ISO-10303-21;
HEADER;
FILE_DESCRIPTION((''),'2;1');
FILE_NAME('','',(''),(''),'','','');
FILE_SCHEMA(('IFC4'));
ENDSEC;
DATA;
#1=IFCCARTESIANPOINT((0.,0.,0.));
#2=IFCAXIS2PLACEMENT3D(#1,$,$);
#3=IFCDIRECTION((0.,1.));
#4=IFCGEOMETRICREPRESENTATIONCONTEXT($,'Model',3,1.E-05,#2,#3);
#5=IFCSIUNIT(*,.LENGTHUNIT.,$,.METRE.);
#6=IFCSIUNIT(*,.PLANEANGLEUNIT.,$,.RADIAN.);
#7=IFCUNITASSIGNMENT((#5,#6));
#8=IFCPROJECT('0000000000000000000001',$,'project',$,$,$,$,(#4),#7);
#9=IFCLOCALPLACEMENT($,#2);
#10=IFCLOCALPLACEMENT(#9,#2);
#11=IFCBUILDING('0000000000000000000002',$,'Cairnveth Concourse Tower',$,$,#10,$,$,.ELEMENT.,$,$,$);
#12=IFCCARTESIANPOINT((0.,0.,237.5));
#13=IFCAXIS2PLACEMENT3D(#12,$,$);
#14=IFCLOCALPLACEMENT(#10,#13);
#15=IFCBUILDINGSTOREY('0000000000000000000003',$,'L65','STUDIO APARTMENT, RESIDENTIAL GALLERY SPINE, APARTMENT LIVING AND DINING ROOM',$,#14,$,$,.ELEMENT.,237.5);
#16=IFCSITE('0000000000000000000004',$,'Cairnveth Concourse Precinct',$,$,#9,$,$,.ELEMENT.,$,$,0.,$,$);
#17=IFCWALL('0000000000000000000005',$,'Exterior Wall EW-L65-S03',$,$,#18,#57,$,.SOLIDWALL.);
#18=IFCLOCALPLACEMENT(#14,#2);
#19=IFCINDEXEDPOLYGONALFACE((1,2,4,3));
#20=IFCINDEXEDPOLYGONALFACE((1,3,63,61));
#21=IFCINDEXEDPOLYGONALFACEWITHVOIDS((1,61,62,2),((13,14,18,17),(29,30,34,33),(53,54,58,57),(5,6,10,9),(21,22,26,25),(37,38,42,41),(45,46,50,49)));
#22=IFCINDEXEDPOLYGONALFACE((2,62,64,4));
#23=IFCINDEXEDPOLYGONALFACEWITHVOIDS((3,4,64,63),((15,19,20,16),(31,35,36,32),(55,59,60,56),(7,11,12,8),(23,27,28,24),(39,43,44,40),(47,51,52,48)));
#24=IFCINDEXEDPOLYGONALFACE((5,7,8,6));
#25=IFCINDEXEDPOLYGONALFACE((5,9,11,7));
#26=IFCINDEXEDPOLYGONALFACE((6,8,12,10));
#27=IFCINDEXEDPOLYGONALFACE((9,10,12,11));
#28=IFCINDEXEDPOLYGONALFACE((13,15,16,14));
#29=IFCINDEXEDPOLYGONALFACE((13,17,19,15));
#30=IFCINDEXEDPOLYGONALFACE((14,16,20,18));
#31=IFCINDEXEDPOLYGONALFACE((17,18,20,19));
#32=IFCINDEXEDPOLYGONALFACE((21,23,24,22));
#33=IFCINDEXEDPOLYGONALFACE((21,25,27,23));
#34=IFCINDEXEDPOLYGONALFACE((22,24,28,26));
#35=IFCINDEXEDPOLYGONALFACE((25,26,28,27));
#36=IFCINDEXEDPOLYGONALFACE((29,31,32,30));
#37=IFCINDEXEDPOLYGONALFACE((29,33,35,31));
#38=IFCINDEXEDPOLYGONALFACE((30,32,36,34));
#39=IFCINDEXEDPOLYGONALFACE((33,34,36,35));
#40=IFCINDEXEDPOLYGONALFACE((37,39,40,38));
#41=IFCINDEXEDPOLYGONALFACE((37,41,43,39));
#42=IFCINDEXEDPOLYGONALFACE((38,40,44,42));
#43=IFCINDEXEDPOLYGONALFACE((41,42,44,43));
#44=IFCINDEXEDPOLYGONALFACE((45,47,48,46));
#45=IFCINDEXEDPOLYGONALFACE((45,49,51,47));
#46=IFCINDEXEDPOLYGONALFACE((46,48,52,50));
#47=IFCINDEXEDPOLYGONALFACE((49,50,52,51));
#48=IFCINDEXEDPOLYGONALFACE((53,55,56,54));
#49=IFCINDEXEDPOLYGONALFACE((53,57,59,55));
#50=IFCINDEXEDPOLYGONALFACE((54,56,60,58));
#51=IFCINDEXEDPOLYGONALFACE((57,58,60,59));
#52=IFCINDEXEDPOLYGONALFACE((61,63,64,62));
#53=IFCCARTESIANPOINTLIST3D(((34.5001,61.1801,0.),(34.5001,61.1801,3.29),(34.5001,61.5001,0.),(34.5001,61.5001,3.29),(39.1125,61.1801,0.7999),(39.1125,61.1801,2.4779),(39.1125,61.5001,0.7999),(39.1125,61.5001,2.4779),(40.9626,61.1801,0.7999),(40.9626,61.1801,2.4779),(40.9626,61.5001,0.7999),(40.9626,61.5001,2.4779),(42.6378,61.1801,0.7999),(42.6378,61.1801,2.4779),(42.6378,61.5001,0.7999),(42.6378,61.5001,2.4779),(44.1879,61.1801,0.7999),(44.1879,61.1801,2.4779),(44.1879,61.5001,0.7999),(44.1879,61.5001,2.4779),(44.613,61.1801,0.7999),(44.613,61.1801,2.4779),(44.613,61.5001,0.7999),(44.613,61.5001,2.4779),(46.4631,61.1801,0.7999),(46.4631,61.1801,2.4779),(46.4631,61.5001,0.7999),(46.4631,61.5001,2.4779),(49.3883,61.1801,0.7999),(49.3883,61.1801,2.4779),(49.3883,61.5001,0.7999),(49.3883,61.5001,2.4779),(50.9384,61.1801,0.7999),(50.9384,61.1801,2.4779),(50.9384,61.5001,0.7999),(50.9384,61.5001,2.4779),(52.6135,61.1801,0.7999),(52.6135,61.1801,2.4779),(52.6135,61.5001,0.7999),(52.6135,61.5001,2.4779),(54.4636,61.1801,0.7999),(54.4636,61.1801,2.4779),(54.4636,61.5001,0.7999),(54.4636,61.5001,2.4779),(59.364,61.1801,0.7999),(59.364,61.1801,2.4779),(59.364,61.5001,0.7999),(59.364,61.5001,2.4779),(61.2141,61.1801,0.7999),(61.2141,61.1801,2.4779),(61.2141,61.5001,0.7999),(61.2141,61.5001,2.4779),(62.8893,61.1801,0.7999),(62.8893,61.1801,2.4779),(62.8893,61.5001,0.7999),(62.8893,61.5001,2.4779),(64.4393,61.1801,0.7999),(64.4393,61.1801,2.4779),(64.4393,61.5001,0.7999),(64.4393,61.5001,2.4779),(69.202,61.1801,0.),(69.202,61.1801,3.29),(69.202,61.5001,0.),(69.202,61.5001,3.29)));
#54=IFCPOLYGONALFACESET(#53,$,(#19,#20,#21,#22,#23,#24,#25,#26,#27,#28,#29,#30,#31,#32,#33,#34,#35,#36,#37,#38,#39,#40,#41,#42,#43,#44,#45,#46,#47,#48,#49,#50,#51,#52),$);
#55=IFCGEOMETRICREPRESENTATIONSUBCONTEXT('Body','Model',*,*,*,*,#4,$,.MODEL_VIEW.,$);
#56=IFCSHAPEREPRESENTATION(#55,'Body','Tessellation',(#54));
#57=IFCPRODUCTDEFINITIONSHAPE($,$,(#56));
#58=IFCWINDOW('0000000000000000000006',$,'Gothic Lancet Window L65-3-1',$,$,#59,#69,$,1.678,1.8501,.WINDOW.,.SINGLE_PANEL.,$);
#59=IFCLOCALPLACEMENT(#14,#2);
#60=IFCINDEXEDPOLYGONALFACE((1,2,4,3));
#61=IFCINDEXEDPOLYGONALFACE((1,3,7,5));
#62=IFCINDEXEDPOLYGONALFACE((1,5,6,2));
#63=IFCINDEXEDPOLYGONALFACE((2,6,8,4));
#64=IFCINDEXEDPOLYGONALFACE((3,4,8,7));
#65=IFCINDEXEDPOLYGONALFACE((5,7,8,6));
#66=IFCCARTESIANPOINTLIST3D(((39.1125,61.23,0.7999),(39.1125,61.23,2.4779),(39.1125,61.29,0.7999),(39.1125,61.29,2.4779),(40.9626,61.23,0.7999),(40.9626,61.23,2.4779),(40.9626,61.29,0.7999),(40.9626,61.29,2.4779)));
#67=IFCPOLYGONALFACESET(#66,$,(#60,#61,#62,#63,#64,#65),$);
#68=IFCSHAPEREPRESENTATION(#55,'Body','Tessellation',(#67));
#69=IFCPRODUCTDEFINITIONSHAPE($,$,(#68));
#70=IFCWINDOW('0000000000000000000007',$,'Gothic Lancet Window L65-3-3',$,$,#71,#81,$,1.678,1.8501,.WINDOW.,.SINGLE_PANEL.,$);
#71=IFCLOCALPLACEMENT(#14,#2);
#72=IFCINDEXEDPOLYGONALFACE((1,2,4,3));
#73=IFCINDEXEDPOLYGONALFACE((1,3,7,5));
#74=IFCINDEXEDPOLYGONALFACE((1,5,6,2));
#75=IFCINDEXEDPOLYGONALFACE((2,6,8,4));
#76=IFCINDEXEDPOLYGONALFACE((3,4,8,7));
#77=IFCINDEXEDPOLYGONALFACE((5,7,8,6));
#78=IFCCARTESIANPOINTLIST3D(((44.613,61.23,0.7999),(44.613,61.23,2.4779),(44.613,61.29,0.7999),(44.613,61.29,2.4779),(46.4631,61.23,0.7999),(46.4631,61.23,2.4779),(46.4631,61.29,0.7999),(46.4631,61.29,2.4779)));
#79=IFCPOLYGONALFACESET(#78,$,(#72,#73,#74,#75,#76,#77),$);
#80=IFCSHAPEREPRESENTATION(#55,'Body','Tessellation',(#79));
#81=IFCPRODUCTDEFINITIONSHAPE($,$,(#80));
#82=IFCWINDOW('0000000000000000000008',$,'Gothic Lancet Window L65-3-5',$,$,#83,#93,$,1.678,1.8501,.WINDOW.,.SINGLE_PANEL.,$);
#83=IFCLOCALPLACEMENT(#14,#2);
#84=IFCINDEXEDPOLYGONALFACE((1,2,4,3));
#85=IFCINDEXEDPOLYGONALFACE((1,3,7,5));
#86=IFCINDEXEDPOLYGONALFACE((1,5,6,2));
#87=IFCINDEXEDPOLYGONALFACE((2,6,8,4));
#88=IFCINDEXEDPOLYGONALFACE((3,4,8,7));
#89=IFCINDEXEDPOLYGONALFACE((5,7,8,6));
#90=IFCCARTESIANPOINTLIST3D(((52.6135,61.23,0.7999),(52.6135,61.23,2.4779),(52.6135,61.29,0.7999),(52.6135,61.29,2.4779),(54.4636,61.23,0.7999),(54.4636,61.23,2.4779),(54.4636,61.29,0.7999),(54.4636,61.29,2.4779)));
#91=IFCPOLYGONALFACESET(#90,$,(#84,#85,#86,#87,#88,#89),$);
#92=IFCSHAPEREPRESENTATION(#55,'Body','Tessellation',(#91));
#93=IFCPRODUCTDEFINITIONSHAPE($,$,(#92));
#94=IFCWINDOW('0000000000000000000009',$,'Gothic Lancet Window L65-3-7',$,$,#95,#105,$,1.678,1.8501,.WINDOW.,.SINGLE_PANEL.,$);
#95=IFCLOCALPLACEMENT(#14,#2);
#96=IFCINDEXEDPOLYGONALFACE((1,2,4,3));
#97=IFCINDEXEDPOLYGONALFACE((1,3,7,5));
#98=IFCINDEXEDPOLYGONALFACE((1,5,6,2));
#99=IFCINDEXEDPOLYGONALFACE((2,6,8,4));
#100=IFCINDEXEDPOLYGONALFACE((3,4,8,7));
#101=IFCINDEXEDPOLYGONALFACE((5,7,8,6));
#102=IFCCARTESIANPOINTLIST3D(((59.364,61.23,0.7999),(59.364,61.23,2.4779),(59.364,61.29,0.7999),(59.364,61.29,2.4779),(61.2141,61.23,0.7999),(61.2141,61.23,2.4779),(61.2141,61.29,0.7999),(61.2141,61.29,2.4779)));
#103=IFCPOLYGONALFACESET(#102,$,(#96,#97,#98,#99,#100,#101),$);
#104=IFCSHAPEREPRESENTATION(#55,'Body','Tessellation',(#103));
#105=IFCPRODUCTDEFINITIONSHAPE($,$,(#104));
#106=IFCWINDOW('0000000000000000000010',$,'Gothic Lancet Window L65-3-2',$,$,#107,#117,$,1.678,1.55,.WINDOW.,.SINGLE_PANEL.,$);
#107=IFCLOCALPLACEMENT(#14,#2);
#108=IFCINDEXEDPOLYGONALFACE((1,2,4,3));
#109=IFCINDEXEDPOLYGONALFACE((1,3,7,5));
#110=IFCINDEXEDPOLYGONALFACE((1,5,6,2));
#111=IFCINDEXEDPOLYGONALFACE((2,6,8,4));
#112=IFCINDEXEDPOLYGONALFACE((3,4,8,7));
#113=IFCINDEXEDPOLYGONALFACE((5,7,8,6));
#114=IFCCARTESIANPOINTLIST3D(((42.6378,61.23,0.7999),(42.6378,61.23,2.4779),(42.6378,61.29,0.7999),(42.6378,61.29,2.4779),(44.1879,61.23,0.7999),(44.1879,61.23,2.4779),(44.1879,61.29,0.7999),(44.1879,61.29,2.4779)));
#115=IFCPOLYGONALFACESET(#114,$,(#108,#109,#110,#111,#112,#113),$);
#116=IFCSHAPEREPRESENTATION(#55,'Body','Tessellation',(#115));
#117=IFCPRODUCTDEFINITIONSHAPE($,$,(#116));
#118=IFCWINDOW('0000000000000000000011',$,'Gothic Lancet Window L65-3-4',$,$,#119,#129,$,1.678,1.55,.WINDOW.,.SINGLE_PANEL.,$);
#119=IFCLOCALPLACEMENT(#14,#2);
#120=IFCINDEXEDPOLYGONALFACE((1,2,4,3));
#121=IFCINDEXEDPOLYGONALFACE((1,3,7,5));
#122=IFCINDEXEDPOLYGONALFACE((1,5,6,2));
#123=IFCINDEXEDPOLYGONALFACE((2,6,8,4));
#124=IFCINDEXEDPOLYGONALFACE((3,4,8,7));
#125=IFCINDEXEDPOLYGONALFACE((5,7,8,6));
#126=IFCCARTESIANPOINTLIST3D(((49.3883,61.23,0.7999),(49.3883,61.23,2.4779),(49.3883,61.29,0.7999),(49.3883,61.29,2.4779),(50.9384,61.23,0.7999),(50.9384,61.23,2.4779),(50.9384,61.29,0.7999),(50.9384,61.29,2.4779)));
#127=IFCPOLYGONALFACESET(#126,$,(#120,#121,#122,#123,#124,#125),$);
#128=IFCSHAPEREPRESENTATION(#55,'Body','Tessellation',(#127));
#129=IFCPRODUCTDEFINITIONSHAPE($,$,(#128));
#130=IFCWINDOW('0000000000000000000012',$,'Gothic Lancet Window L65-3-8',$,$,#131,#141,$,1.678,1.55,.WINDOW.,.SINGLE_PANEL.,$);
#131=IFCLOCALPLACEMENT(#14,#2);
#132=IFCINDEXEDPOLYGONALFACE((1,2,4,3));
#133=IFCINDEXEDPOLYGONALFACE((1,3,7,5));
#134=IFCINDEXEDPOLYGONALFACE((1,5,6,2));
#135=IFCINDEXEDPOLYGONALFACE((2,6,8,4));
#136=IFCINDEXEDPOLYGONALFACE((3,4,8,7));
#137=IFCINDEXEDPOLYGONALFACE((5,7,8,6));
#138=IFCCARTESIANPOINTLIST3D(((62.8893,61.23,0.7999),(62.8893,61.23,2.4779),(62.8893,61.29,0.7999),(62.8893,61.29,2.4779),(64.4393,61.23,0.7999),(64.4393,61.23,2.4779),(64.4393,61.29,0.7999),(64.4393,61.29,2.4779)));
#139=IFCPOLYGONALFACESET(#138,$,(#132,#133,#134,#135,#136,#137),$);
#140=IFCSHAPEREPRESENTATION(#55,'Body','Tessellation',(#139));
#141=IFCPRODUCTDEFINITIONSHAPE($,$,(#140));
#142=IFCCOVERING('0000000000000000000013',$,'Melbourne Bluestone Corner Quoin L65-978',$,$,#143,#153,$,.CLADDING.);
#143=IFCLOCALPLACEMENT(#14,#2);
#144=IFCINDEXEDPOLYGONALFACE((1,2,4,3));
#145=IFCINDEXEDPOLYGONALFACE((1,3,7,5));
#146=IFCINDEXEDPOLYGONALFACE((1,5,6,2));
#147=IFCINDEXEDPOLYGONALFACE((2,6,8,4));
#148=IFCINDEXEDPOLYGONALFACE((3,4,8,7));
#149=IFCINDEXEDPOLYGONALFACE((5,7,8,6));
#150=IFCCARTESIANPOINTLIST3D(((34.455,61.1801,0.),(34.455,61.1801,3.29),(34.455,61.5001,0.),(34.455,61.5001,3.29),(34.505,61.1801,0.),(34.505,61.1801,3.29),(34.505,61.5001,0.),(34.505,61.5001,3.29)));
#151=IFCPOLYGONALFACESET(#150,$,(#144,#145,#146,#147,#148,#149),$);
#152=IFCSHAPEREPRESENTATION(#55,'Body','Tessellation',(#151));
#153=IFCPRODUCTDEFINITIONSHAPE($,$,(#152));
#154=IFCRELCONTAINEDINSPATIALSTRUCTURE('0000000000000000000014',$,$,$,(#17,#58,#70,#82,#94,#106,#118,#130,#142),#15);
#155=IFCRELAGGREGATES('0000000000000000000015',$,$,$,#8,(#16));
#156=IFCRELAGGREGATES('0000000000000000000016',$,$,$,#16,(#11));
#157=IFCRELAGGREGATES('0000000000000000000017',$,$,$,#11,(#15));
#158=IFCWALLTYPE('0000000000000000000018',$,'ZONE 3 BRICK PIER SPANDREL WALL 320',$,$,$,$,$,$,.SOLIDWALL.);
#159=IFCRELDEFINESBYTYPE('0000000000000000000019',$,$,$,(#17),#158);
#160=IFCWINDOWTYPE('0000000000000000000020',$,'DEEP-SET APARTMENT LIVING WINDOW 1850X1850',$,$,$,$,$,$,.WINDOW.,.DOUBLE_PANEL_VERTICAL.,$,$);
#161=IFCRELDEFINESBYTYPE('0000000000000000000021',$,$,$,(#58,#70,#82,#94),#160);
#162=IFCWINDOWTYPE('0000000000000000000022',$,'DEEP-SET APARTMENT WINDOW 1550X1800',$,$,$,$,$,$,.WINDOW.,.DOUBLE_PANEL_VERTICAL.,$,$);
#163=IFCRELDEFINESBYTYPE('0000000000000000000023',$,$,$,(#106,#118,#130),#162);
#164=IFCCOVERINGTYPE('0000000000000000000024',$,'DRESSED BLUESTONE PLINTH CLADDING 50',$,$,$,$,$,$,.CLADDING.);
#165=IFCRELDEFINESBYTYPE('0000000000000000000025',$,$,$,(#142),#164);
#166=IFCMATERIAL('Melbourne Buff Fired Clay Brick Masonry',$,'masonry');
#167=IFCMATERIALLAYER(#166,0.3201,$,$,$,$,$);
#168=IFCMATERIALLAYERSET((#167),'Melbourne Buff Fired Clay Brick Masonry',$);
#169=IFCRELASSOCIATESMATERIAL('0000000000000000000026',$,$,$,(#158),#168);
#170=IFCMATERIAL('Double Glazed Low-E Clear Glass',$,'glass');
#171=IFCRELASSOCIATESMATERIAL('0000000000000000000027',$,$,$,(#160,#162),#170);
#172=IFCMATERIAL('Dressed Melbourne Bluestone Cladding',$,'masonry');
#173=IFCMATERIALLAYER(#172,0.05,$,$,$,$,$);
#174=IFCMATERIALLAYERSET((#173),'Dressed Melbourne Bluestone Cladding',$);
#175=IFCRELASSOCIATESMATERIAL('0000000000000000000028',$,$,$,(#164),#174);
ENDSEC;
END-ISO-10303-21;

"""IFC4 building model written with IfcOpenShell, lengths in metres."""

from ifc_helpers import new_model, si_unit, direction, frame, frame_2d, origin, place, context, subcontext, project, spatial, rectangle, extrude, material, layer, layer_set, type_object, element, fill, save


model = new_model("IFC4")

# Units and contexts
model_context = context("Model", 3, precision=1e-05, world=origin(), true_north=direction((0.0, 1.0)))
body_context = subcontext(model_context, "Body", "Model", "MODEL_VIEW")
ifc_project = project(units=[si_unit("LENGTHUNIT", "METRE"), si_unit("PLANEANGLEUNIT", "RADIAN")], contexts=[model_context])

# Site, building, storey
site_placement = place(None, origin())
site = spatial("IfcSite", under=ifc_project, at=site_placement, Name="Cairnveth Concourse Precinct", CompositionType="ELEMENT", RefElevation=0.0)
building_placement = place(site_placement, origin())
building = spatial("IfcBuilding", under=site, at=building_placement, Name="Cairnveth Concourse Tower", CompositionType="ELEMENT")
storey_placement = place(building_placement, frame((0.0, 0.0, 237.5)))
storey = spatial("IfcBuildingStorey", under=building, at=storey_placement, Name="L65", Description="STUDIO APARTMENT, RESIDENTIAL GALLERY SPINE, APARTMENT LIVING AND DINING ROOM", CompositionType="ELEMENT", Elevation=237.5)

# Wall, openings, windows
ifc_material_1 = material(Name="Melbourne Buff Fired Clay Brick Masonry", Category="masonry")
ifc_layer_1 = layer(ifc_material_1, 0.3201)
ifc_layer_set_1 = layer_set([ifc_layer_1], Name="Melbourne Buff Fired Clay Brick Masonry")
wall_type = type_object("IfcWallType", Name="ZONE 3 BRICK PIER SPANDREL WALL 320", PredefinedType="SOLIDWALL", material=ifc_layer_set_1)
wall_placement = place(storey_placement, frame((34.5, 61.3401, 0.0), z_axis=(0.0, 0.0, 1.0), x_axis=(1.0, 0.0, 0.0)))
wall = element("IfcWall", 1, at=wall_placement, inside=storey, type_object=wall_type, Name="Exterior Wall EW-L65-S03", PredefinedType="SOLIDWALL", context=body_context, shape_type="SweptSolid", body=[
    extrude(rectangle(XDim=34.7019, YDim=0.3201, at=frame_2d((17.3511, 0.0))), origin(), (0.0, 0.0, 1.0), 3.29),
])
opening_1_placement = place(wall_placement, frame((4.6125, 0.0, 0.8)))
opening_1 = element("IfcOpeningElement", 2, at=opening_1_placement, cuts=wall, PredefinedType="OPENING", context=body_context, shape_type="SweptSolid", body=[
    extrude(rectangle(XDim=1.8501, YDim=1.678, at=frame_2d((0.925, 0.8389))), frame((0.0, 0.1699, 0.0), z_axis=(0.0, -1.0, 0.0), x_axis=(1.0, 0.0, 0.0)), (0.0, 0.0, 1.0), 0.3401),
])
opening_2_placement = place(wall_placement, frame((8.1379, 0.0, 0.8)))
opening_2 = element("IfcOpeningElement", 3, at=opening_2_placement, cuts=wall, PredefinedType="OPENING", context=body_context, shape_type="SweptSolid", body=[
    extrude(rectangle(XDim=1.55, YDim=1.678, at=frame_2d((0.7749, 0.8389))), frame((0.0, 0.1699, 0.0), z_axis=(0.0, -1.0, 0.0), x_axis=(1.0, 0.0, 0.0)), (0.0, 0.0, 1.0), 0.3401),
])
opening_3_placement = place(wall_placement, frame((10.113, 0.0, 0.8)))
opening_3 = element("IfcOpeningElement", 4, at=opening_3_placement, cuts=wall, PredefinedType="OPENING", context=body_context, shape_type="SweptSolid", body=[
    extrude(rectangle(XDim=1.8501, YDim=1.678, at=frame_2d((0.925, 0.8389))), frame((0.0, 0.1699, 0.0), z_axis=(0.0, -1.0, 0.0), x_axis=(1.0, 0.0, 0.0)), (0.0, 0.0, 1.0), 0.3401),
])
opening_4_placement = place(wall_placement, frame((14.8884, 0.0, 0.8)))
opening_4 = element("IfcOpeningElement", 5, at=opening_4_placement, cuts=wall, PredefinedType="OPENING", context=body_context, shape_type="SweptSolid", body=[
    extrude(rectangle(XDim=1.55, YDim=1.678, at=frame_2d((0.7749, 0.8389))), frame((0.0, 0.1699, 0.0), z_axis=(0.0, -1.0, 0.0), x_axis=(1.0, 0.0, 0.0)), (0.0, 0.0, 1.0), 0.3401),
])
opening_5_placement = place(wall_placement, frame((18.1135, 0.0, 0.8)))
opening_5 = element("IfcOpeningElement", 6, at=opening_5_placement, cuts=wall, PredefinedType="OPENING", context=body_context, shape_type="SweptSolid", body=[
    extrude(rectangle(XDim=1.8501, YDim=1.678, at=frame_2d((0.925, 0.8389))), frame((0.0, 0.1699, 0.0), z_axis=(0.0, -1.0, 0.0), x_axis=(1.0, 0.0, 0.0)), (0.0, 0.0, 1.0), 0.3401),
])
opening_6_placement = place(wall_placement, frame((24.864, 0.0, 0.8)))
opening_6 = element("IfcOpeningElement", 7, at=opening_6_placement, cuts=wall, PredefinedType="OPENING", context=body_context, shape_type="SweptSolid", body=[
    extrude(rectangle(XDim=1.8501, YDim=1.678, at=frame_2d((0.925, 0.8389))), frame((0.0, 0.1699, 0.0), z_axis=(0.0, -1.0, 0.0), x_axis=(1.0, 0.0, 0.0)), (0.0, 0.0, 1.0), 0.3401),
])
opening_7_placement = place(wall_placement, frame((28.3894, 0.0, 0.8)))
opening_7 = element("IfcOpeningElement", 8, at=opening_7_placement, cuts=wall, PredefinedType="OPENING", context=body_context, shape_type="SweptSolid", body=[
    extrude(rectangle(XDim=1.55, YDim=1.678, at=frame_2d((0.7749, 0.8389))), frame((0.0, 0.1699, 0.0), z_axis=(0.0, -1.0, 0.0), x_axis=(1.0, 0.0, 0.0)), (0.0, 0.0, 1.0), 0.3401),
])
ifc_material_2 = material(Name="Double Glazed Low-E Clear Glass", Category="glass")
window_type_1 = type_object("IfcWindowType", Name="DEEP-SET APARTMENT LIVING WINDOW 1850X1850", PartitioningType="DOUBLE_PANEL_VERTICAL", PredefinedType="WINDOW", material=ifc_material_2)
window_1_placement = place(opening_1_placement, origin())
window_1 = element("IfcWindow", 9, at=window_1_placement, inside=storey, type_object=window_type_1, Name="Gothic Lancet Window L65-3-1", OverallHeight=1.678, OverallWidth=1.8501, PartitioningType="SINGLE_PANEL", PredefinedType="WINDOW", context=body_context, shape_type="SweptSolid", body=[
    extrude(rectangle(XDim=1.8501, YDim=1.678, at=frame_2d((0.925, 0.8389))), frame((0.0, -0.05, 0.0), z_axis=(0.0, -1.0, 0.0), x_axis=(1.0, 0.0, 0.0)), (0.0, 0.0, 1.0), 0.0601),
])
fill(opening_1, window_1)
window_2_placement = place(opening_3_placement, origin())
window_2 = element("IfcWindow", 10, at=window_2_placement, inside=storey, type_object=window_type_1, Name="Gothic Lancet Window L65-3-3", OverallHeight=1.678, OverallWidth=1.8501, PartitioningType="SINGLE_PANEL", PredefinedType="WINDOW", context=body_context, shape_type="SweptSolid", body=[
    extrude(rectangle(XDim=1.8501, YDim=1.678, at=frame_2d((0.925, 0.8389))), frame((0.0, -0.05, 0.0), z_axis=(0.0, -1.0, 0.0), x_axis=(1.0, 0.0, 0.0)), (0.0, 0.0, 1.0), 0.0601),
])
fill(opening_3, window_2)
window_3_placement = place(opening_5_placement, origin())
window_3 = element("IfcWindow", 11, at=window_3_placement, inside=storey, type_object=window_type_1, Name="Gothic Lancet Window L65-3-5", OverallHeight=1.678, OverallWidth=1.8501, PartitioningType="SINGLE_PANEL", PredefinedType="WINDOW", context=body_context, shape_type="SweptSolid", body=[
    extrude(rectangle(XDim=1.8501, YDim=1.678, at=frame_2d((0.925, 0.8389))), frame((0.0, -0.05, 0.0), z_axis=(0.0, -1.0, 0.0), x_axis=(1.0, 0.0, 0.0)), (0.0, 0.0, 1.0), 0.0601),
])
fill(opening_5, window_3)
window_4_placement = place(opening_6_placement, origin())
window_4 = element("IfcWindow", 12, at=window_4_placement, inside=storey, type_object=window_type_1, Name="Gothic Lancet Window L65-3-7", OverallHeight=1.678, OverallWidth=1.8501, PartitioningType="SINGLE_PANEL", PredefinedType="WINDOW", context=body_context, shape_type="SweptSolid", body=[
    extrude(rectangle(XDim=1.8501, YDim=1.678, at=frame_2d((0.925, 0.8389))), frame((0.0, -0.05, 0.0), z_axis=(0.0, -1.0, 0.0), x_axis=(1.0, 0.0, 0.0)), (0.0, 0.0, 1.0), 0.0601),
])
fill(opening_6, window_4)
window_type_2 = type_object("IfcWindowType", Name="DEEP-SET APARTMENT WINDOW 1550X1800", PartitioningType="DOUBLE_PANEL_VERTICAL", PredefinedType="WINDOW", material=ifc_material_2)
window_5_placement = place(opening_2_placement, origin())
window_5 = element("IfcWindow", 13, at=window_5_placement, inside=storey, type_object=window_type_2, Name="Gothic Lancet Window L65-3-2", OverallHeight=1.678, OverallWidth=1.55, PartitioningType="SINGLE_PANEL", PredefinedType="WINDOW", context=body_context, shape_type="SweptSolid", body=[
    extrude(rectangle(XDim=1.55, YDim=1.678, at=frame_2d((0.7749, 0.8389))), frame((0.0, -0.05, 0.0), z_axis=(0.0, -1.0, 0.0), x_axis=(1.0, 0.0, 0.0)), (0.0, 0.0, 1.0), 0.0601),
])
fill(opening_2, window_5)
window_6_placement = place(opening_4_placement, origin())
window_6 = element("IfcWindow", 14, at=window_6_placement, inside=storey, type_object=window_type_2, Name="Gothic Lancet Window L65-3-4", OverallHeight=1.678, OverallWidth=1.55, PartitioningType="SINGLE_PANEL", PredefinedType="WINDOW", context=body_context, shape_type="SweptSolid", body=[
    extrude(rectangle(XDim=1.55, YDim=1.678, at=frame_2d((0.7749, 0.8389))), frame((0.0, -0.05, 0.0), z_axis=(0.0, -1.0, 0.0), x_axis=(1.0, 0.0, 0.0)), (0.0, 0.0, 1.0), 0.0601),
])
fill(opening_4, window_6)
window_7_placement = place(opening_7_placement, origin())
window_7 = element("IfcWindow", 15, at=window_7_placement, inside=storey, type_object=window_type_2, Name="Gothic Lancet Window L65-3-8", OverallHeight=1.678, OverallWidth=1.55, PartitioningType="SINGLE_PANEL", PredefinedType="WINDOW", context=body_context, shape_type="SweptSolid", body=[
    extrude(rectangle(XDim=1.55, YDim=1.678, at=frame_2d((0.7749, 0.8389))), frame((0.0, -0.05, 0.0), z_axis=(0.0, -1.0, 0.0), x_axis=(1.0, 0.0, 0.0)), (0.0, 0.0, 1.0), 0.0601),
])
fill(opening_7, window_7)

# Covering
ifc_material_3 = material(Name="Dressed Melbourne Bluestone Cladding", Category="masonry")
ifc_layer_2 = layer(ifc_material_3, 0.05)
ifc_layer_set_2 = layer_set([ifc_layer_2], Name="Dressed Melbourne Bluestone Cladding")
covering_type = type_object("IfcCoveringType", Name="DRESSED BLUESTONE PLINTH CLADDING 50", PredefinedType="CLADDING", material=ifc_layer_set_2)
covering_placement = place(storey_placement, frame((34.48, 61.1799, 0.0), z_axis=(0.0, 0.0, 1.0), x_axis=(0.0, 1.0, 0.0)))
element("IfcCovering", 16, at=covering_placement, inside=storey, type_object=covering_type, Name="Melbourne Bluestone Corner Quoin L65-978", PredefinedType="CLADDING", context=body_context, shape_type="SweptSolid", body=[
    extrude(rectangle(XDim=0.3201, YDim=0.05, at=frame_2d((0.1602, 0.0))), origin(), (0.0, 0.0, 1.0), 3.29),
])

save(model, "model.ifc")
